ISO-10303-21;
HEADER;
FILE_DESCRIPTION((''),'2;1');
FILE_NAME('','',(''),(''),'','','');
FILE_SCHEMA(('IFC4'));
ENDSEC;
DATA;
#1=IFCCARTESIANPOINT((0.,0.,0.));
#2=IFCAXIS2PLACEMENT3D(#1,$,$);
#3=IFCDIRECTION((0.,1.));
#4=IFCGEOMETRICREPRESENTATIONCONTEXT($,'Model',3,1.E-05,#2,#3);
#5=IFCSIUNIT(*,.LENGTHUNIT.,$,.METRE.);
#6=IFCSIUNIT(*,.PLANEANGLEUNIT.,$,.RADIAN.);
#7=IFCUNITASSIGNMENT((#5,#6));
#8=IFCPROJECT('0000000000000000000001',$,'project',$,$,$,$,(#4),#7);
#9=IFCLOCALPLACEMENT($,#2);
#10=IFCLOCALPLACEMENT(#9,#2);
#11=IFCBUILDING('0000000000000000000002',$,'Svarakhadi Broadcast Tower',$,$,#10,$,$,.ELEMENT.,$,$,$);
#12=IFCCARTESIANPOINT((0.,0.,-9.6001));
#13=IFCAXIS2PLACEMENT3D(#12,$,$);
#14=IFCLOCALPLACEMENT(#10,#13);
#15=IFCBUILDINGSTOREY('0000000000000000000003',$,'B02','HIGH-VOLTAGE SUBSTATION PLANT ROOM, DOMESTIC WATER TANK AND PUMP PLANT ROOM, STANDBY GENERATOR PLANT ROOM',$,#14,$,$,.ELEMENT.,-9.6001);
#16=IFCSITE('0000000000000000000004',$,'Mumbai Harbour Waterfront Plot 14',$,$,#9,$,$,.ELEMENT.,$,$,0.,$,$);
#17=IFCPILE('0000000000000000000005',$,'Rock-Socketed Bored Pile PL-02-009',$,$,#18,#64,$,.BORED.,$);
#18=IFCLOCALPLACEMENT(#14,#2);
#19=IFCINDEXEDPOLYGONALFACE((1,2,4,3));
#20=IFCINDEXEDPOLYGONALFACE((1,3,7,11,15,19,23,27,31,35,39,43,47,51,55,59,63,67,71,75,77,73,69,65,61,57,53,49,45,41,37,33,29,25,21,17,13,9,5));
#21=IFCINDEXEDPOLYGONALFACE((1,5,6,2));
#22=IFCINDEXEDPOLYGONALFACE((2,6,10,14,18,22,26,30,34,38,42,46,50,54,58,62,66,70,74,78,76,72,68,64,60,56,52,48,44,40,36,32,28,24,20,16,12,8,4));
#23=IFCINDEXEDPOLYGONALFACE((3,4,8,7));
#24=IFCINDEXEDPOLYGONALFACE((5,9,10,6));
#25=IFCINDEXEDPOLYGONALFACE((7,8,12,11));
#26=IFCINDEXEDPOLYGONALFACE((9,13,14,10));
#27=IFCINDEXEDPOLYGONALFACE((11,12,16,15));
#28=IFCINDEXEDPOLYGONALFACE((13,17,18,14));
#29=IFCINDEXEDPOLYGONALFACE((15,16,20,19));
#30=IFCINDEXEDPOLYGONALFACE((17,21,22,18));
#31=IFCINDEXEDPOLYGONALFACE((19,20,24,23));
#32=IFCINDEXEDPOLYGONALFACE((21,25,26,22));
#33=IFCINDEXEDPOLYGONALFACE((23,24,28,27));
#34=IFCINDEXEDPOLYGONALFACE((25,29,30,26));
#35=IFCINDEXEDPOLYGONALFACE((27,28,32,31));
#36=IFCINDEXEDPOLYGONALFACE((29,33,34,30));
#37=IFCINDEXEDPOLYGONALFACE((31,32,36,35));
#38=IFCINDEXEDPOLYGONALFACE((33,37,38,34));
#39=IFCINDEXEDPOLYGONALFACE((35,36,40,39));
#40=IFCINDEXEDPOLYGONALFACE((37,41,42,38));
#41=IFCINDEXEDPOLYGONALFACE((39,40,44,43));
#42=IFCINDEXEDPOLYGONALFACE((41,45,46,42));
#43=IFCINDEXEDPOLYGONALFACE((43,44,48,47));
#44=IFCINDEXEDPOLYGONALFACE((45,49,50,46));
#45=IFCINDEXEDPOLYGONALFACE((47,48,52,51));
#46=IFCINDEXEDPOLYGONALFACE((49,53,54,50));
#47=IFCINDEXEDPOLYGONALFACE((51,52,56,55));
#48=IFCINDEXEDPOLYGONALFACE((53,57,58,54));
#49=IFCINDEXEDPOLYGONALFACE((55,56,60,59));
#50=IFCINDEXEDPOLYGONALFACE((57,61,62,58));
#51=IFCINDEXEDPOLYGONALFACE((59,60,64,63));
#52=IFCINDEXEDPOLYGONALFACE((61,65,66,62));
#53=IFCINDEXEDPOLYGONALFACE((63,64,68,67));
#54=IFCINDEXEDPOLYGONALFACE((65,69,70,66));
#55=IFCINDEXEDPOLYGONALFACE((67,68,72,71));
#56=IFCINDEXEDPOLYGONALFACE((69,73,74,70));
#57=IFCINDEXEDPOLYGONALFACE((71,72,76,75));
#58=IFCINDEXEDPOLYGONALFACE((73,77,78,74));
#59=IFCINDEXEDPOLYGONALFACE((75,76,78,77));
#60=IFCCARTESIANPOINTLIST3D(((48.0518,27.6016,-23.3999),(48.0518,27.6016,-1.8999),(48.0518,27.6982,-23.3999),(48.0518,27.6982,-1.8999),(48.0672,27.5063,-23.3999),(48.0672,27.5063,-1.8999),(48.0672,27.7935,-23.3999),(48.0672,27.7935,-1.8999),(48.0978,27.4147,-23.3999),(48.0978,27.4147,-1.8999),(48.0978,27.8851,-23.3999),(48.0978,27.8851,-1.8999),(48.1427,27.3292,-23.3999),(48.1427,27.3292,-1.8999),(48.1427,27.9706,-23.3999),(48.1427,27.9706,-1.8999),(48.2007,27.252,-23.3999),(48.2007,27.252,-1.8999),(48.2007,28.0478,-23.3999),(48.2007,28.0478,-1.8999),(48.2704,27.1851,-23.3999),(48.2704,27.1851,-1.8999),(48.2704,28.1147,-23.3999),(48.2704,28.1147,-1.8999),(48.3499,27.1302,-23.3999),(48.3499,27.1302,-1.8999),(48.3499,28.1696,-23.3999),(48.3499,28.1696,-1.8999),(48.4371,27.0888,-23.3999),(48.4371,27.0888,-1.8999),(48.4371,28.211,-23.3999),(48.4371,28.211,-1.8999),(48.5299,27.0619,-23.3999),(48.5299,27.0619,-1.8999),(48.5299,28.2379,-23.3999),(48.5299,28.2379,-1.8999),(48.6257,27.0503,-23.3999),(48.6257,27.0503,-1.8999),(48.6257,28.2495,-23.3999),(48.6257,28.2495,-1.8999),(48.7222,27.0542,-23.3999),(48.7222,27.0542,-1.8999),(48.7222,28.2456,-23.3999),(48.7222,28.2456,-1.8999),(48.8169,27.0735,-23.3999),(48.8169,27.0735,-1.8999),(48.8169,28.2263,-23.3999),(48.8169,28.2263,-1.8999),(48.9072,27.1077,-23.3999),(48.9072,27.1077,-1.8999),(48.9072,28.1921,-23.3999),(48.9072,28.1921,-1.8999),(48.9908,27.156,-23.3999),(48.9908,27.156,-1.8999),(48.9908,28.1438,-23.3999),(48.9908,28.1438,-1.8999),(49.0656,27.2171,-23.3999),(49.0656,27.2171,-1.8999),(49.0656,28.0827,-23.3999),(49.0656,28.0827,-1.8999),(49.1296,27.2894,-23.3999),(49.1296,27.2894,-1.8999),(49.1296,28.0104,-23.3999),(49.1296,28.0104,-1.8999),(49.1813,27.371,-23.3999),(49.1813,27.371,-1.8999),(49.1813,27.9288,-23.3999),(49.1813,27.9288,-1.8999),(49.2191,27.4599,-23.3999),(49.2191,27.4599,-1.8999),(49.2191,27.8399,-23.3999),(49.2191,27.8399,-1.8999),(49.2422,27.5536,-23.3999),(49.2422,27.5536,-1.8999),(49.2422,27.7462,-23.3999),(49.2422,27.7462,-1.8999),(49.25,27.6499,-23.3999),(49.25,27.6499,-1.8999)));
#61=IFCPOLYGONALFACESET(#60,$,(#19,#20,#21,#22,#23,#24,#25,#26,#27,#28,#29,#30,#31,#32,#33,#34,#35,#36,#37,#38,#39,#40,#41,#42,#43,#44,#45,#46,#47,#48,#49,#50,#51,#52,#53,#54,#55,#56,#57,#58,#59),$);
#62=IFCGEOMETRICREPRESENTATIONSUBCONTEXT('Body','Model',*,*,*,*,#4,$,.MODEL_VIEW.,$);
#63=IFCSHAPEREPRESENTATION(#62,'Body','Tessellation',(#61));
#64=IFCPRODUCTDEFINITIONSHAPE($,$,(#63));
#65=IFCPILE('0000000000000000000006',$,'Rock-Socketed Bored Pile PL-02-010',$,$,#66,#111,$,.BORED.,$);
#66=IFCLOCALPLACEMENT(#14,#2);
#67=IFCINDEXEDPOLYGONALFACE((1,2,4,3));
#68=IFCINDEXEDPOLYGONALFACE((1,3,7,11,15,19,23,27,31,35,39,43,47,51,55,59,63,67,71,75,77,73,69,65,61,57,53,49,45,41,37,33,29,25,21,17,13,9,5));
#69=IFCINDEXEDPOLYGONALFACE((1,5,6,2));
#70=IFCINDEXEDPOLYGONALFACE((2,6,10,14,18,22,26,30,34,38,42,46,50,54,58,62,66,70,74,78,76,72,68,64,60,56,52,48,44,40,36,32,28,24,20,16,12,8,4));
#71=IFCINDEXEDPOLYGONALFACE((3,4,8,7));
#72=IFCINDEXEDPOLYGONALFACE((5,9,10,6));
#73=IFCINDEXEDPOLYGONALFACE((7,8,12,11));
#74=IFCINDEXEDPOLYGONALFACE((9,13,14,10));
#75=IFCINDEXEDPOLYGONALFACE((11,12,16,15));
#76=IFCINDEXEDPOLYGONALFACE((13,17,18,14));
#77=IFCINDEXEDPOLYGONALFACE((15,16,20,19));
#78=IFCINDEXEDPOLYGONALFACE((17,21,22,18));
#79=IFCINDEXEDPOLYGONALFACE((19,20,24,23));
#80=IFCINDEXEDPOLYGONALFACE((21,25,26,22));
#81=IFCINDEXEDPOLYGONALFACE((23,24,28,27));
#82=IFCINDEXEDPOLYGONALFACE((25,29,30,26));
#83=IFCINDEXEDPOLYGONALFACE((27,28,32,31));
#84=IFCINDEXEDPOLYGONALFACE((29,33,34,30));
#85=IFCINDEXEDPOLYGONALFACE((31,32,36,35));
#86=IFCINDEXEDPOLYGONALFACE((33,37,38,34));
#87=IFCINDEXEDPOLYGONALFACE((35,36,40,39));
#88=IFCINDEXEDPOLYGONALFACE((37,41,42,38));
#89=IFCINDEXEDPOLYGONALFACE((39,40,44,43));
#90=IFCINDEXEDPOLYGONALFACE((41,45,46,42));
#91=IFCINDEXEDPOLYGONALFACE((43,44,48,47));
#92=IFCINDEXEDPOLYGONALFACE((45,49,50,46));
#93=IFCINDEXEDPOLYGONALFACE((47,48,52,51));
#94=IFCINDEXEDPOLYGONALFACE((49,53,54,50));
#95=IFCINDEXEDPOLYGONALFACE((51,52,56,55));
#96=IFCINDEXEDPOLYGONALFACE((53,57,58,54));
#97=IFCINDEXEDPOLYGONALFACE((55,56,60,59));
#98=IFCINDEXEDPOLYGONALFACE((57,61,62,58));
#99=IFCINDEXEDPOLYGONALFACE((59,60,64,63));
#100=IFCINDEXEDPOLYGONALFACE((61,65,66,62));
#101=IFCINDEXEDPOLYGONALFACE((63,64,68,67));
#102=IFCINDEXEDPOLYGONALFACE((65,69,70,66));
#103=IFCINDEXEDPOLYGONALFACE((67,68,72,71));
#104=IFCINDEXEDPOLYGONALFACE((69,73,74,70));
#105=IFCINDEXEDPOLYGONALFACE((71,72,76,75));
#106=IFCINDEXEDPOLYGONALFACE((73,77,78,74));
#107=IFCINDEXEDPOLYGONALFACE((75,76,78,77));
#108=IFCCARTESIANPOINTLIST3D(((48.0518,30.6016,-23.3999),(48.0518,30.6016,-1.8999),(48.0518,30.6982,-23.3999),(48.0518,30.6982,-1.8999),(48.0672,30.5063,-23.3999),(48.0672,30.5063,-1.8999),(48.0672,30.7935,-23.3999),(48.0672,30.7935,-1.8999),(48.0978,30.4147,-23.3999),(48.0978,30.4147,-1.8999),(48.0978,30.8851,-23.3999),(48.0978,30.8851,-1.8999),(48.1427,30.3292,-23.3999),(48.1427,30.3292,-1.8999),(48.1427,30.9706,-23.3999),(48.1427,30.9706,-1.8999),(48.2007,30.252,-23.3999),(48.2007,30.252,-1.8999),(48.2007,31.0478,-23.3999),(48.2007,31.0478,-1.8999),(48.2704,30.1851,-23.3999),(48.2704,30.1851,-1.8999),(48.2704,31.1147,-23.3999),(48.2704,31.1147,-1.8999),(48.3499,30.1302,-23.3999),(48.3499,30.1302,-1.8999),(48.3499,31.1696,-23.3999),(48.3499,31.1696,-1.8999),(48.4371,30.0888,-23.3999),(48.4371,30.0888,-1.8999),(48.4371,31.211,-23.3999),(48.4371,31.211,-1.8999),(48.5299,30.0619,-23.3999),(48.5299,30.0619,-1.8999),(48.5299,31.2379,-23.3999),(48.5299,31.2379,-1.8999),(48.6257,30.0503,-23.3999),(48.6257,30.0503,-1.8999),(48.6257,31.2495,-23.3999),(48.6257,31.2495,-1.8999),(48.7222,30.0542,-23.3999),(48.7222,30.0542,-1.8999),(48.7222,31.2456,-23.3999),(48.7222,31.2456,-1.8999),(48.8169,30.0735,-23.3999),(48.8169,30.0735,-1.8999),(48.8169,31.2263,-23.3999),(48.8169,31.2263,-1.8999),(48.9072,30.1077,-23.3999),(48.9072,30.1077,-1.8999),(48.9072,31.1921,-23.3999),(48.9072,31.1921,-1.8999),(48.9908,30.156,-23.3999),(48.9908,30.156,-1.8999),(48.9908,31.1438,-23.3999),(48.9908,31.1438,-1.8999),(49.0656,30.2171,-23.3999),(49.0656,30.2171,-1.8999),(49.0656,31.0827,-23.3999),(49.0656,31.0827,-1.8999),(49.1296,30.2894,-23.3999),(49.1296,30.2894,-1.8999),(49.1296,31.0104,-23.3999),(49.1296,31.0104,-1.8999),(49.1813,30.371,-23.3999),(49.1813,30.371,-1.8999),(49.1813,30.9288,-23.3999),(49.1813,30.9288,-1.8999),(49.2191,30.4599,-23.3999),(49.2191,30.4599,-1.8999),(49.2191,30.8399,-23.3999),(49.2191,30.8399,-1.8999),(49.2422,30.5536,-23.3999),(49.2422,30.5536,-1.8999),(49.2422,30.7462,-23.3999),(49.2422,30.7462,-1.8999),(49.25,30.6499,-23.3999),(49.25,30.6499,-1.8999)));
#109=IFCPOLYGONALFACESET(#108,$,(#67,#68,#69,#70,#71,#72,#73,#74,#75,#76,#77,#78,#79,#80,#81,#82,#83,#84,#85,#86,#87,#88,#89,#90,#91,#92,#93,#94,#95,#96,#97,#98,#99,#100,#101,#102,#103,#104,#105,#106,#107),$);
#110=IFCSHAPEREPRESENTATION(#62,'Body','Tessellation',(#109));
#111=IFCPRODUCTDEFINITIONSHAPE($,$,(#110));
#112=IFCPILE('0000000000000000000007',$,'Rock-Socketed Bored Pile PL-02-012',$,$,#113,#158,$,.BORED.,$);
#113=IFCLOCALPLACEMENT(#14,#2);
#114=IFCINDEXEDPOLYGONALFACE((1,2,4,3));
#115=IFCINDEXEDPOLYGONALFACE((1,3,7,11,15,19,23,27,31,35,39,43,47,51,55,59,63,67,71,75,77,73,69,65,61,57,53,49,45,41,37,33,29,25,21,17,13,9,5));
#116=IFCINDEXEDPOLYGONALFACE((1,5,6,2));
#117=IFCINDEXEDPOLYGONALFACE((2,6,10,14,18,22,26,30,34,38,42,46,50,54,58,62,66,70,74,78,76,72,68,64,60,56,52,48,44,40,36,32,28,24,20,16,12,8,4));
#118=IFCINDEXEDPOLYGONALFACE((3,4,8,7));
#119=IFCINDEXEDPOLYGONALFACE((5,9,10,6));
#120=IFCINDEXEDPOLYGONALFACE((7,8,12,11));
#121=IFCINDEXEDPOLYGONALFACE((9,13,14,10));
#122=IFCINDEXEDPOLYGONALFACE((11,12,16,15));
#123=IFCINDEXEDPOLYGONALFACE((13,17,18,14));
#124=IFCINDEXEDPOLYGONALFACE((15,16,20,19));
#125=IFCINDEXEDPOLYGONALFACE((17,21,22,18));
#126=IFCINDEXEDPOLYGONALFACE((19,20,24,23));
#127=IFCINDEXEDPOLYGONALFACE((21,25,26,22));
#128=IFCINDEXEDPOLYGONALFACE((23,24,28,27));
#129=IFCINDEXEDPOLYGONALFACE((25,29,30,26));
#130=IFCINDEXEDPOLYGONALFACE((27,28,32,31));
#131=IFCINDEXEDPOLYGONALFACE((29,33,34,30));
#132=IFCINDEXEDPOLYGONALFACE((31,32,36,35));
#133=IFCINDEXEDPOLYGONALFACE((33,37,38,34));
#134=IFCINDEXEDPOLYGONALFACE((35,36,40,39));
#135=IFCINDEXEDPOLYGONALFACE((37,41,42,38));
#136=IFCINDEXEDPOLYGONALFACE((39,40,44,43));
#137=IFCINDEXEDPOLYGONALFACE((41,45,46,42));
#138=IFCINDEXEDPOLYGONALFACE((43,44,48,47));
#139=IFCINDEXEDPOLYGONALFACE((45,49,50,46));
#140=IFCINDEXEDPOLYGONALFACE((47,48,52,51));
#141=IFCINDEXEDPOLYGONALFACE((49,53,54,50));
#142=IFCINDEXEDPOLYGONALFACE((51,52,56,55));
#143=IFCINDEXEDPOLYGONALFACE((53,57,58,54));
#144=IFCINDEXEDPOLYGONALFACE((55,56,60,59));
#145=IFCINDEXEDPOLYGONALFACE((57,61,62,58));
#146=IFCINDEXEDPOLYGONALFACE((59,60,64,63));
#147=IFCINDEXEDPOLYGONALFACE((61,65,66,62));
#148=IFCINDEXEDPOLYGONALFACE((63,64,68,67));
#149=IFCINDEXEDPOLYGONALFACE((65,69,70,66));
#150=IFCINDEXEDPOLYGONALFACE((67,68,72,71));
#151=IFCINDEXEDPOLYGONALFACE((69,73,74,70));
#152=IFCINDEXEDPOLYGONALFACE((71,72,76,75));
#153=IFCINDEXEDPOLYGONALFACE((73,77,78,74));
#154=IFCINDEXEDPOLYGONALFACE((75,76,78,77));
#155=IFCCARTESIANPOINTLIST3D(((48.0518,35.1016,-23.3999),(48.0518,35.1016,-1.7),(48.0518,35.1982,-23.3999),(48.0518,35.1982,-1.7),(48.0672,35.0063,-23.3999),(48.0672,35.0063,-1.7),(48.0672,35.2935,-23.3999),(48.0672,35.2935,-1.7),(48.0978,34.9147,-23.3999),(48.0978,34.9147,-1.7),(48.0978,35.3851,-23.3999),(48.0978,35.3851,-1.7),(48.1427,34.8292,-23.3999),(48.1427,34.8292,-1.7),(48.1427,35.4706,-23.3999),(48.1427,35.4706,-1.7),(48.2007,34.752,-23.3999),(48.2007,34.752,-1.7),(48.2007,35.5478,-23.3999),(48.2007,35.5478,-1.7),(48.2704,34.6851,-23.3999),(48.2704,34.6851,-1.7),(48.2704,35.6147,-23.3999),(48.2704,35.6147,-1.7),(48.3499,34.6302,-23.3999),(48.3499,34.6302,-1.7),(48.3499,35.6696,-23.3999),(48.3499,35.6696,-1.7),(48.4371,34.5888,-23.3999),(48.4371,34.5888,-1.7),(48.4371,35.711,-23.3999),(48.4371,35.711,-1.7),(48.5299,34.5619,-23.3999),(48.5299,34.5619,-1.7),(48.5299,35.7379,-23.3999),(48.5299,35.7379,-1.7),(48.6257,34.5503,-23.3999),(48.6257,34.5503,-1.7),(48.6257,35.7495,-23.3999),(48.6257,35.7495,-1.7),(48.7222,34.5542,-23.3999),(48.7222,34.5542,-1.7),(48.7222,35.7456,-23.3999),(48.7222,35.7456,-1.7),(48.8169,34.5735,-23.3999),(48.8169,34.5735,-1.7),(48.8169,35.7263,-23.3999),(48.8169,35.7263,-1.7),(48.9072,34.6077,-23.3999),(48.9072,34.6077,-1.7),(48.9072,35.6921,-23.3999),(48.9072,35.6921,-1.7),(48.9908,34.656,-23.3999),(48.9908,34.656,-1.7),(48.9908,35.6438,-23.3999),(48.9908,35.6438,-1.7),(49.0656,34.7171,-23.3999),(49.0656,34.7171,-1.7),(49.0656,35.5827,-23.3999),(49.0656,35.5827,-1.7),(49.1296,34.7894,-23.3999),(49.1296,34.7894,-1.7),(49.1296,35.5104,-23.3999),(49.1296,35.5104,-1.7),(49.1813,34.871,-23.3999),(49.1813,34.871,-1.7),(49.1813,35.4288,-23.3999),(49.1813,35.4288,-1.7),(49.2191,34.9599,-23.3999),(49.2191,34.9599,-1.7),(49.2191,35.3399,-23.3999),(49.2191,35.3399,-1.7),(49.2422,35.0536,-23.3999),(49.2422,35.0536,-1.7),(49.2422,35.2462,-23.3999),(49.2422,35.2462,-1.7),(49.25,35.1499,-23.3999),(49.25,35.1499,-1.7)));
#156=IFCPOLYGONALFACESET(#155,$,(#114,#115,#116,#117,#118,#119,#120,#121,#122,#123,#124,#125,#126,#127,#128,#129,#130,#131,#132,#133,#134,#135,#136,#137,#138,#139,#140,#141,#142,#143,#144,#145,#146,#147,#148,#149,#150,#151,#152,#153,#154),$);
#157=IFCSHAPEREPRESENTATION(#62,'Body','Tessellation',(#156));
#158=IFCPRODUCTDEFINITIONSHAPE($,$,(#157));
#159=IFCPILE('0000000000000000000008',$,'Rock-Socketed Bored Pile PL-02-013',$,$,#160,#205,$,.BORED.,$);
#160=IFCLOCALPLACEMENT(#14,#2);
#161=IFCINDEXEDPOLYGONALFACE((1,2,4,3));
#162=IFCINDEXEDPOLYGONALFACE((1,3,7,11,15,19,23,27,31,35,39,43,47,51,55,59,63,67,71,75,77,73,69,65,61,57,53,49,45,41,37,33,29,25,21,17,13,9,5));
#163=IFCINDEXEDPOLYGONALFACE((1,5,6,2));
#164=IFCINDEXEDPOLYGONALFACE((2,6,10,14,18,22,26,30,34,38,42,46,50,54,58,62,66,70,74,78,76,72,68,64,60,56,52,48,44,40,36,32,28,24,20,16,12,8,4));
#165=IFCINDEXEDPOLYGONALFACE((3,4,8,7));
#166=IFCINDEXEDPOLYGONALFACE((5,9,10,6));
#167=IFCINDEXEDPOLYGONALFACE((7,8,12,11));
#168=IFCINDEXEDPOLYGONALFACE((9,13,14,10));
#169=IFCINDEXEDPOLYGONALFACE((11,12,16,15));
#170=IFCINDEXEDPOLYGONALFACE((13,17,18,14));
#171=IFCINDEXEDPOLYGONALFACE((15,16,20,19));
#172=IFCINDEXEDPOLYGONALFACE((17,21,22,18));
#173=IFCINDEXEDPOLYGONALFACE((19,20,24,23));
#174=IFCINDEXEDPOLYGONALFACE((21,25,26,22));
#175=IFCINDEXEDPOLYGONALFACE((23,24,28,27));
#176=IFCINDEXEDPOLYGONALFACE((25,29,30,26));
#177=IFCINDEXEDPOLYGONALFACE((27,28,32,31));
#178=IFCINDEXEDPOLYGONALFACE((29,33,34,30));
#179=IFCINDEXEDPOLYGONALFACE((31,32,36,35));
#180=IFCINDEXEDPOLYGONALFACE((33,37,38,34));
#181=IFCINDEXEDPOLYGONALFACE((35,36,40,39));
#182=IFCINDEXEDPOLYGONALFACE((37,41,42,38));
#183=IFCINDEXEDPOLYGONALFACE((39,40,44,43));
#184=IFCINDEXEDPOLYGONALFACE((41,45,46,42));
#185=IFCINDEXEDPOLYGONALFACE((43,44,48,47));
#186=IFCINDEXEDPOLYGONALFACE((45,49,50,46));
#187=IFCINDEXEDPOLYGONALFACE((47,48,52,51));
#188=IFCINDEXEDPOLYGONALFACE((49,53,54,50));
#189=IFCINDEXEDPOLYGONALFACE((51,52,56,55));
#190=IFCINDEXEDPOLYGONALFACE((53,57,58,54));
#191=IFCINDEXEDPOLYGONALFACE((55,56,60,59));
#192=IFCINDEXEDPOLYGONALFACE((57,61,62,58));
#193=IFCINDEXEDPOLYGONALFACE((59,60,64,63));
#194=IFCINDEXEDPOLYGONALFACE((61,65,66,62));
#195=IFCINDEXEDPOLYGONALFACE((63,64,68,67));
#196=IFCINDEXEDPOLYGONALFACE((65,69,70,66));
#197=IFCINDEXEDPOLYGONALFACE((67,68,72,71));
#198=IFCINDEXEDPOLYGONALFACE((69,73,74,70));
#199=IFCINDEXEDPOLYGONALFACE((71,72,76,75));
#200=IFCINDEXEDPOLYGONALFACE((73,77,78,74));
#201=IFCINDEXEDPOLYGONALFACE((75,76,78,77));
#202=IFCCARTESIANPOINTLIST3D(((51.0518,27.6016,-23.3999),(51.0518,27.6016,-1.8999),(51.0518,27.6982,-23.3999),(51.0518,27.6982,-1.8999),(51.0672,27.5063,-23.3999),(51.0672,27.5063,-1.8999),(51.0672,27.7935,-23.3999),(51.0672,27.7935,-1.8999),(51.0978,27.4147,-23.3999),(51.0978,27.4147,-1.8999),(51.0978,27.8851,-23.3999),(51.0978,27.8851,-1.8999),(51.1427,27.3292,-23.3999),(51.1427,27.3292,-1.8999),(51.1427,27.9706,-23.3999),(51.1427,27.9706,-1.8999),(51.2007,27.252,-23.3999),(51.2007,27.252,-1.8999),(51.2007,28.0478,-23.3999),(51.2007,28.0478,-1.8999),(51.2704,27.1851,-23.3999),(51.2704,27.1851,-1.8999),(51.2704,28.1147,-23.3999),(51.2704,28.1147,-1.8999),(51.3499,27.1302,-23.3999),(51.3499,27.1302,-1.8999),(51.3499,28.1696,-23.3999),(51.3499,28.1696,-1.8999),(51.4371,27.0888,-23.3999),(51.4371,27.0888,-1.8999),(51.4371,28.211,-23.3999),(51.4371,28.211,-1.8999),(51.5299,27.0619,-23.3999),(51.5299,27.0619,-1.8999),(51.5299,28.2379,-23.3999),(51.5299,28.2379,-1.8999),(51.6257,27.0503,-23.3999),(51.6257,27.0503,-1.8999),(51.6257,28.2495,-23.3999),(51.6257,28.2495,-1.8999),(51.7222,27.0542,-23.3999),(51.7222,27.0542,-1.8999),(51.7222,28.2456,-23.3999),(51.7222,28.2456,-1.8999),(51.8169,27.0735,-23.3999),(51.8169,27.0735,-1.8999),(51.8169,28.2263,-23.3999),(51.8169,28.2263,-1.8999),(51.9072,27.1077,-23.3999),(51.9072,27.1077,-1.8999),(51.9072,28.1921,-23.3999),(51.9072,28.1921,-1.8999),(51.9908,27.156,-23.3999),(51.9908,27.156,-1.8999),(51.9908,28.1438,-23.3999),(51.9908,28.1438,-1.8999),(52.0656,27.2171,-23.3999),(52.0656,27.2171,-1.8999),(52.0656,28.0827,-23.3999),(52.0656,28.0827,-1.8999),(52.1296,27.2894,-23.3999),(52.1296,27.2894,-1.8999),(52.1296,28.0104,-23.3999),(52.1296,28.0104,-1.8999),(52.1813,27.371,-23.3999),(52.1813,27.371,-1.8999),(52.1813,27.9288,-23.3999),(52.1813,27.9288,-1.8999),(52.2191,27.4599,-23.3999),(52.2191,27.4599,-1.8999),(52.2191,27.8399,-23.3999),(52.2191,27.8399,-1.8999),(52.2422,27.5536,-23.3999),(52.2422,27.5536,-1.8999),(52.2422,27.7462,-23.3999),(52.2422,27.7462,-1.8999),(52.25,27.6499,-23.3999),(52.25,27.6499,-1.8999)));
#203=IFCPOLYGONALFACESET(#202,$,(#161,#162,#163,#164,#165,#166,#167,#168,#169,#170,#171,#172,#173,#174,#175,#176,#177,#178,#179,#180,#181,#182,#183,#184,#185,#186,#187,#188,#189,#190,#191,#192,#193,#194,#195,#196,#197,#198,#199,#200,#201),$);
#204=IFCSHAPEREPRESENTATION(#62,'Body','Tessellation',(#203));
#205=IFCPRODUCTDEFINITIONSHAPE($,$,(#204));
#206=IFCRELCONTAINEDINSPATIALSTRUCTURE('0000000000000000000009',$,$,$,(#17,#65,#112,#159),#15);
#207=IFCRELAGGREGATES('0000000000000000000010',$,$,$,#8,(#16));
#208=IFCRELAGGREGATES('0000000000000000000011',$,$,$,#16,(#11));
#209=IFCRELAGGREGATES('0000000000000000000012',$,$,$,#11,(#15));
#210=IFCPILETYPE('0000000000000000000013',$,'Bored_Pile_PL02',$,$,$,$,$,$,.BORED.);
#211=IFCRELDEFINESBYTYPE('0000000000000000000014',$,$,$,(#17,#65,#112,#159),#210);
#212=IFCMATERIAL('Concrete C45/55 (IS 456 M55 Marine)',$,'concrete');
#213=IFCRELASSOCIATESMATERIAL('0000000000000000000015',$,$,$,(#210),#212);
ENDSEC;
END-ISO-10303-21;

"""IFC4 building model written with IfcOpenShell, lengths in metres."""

from ifc_helpers import new_model, si_unit, direction, frame, origin, origin_2d, place, context, subcontext, project, spatial, circle, extrude, material, material_profile, profile_set, type_object, element, save


model = new_model("IFC4")

# Units and contexts
model_context = context("Model", 3, precision=1e-05, world=origin(), true_north=direction((0.0, 1.0)))
body_context = subcontext(model_context, "Body", "Model", "MODEL_VIEW")
ifc_project = project(units=[si_unit("LENGTHUNIT", "METRE"), si_unit("PLANEANGLEUNIT", "RADIAN")], contexts=[model_context])

# Site, building, storey
site_placement = place(None, origin())
site = spatial("IfcSite", under=ifc_project, at=site_placement, Name="Mumbai Harbour Waterfront Plot 14", CompositionType="ELEMENT", RefElevation=0.0)
building_placement = place(site_placement, origin())
building = spatial("IfcBuilding", under=site, at=building_placement, Name="Svarakhadi Broadcast Tower", CompositionType="ELEMENT")
storey_placement = place(building_placement, frame((0.0, 0.0, -9.6001)))
storey = spatial("IfcBuildingStorey", under=building, at=storey_placement, Name="B02", Description="HIGH-VOLTAGE SUBSTATION PLANT ROOM, DOMESTIC WATER TANK AND PUMP PLANT ROOM, STANDBY GENERATOR PLANT ROOM", CompositionType="ELEMENT", Elevation=-9.6001)

# Piles
ifc_material_1 = material(Name="Concrete C45/55 (IS 456 M55 Marine)", Category="concrete")
ifc_material_profile_1 = material_profile(ifc_material_1, circle(Radius=0.6001, at=origin_2d()), Name="PILE D1200")
ifc_profile_set_1 = profile_set([ifc_material_profile_1], Name="Concrete C45/55 (IS 456 M55 Marine)")
pile_type = type_object("IfcPileType", Name="Bored_Pile_PL02", PredefinedType="BORED", material=ifc_profile_set_1)
for number, where, z_axis, x_axis, name in (
    (1, (48.6499, 27.6499, -1.8999), (0.0, 0.0, -1.0), (1.0, 0.0, 0.0), "Rock-Socketed Bored Pile PL-02-009"),
    (2, (48.6499, 30.6499, -1.8999), (0.0, 0.0, -1.0), (1.0, 0.0, 0.0), "Rock-Socketed Bored Pile PL-02-010"),
):
    element("IfcPile", number, at=place(storey_placement, frame(where, z_axis=z_axis, x_axis=x_axis)), inside=storey, type_object=pile_type, Name=name, PredefinedType="BORED", context=body_context, shape_type="SweptSolid", body=[
        extrude(circle(Radius=0.6001, at=origin_2d()), origin(), (0.0, 0.0, 1.0), 21.5),
    ])
pile_1_placement = place(storey_placement, frame((48.6499, 35.1499, -1.7), z_axis=(0.0, 0.0, -1.0), x_axis=(1.0, 0.0, 0.0)))
element("IfcPile", 3, at=pile_1_placement, inside=storey, type_object=pile_type, Name="Rock-Socketed Bored Pile PL-02-012", PredefinedType="BORED", context=body_context, shape_type="SweptSolid", body=[
    extrude(circle(Radius=0.6001, at=origin_2d()), origin(), (0.0, 0.0, 1.0), 21.7),
])
for number, where, z_axis, x_axis, name in (
    (4, (51.6499, 27.6499, -1.8999), (0.0, 0.0, -1.0), (1.0, 0.0, 0.0), "Rock-Socketed Bored Pile PL-02-013"),
):
    element("IfcPile", number, at=place(storey_placement, frame(where, z_axis=z_axis, x_axis=x_axis)), inside=storey, type_object=pile_type, Name=name, PredefinedType="BORED", context=body_context, shape_type="SweptSolid", body=[
        extrude(circle(Radius=0.6001, at=origin_2d()), origin(), (0.0, 0.0, 1.0), 21.5),
    ])

save(model, "model.ifc")
